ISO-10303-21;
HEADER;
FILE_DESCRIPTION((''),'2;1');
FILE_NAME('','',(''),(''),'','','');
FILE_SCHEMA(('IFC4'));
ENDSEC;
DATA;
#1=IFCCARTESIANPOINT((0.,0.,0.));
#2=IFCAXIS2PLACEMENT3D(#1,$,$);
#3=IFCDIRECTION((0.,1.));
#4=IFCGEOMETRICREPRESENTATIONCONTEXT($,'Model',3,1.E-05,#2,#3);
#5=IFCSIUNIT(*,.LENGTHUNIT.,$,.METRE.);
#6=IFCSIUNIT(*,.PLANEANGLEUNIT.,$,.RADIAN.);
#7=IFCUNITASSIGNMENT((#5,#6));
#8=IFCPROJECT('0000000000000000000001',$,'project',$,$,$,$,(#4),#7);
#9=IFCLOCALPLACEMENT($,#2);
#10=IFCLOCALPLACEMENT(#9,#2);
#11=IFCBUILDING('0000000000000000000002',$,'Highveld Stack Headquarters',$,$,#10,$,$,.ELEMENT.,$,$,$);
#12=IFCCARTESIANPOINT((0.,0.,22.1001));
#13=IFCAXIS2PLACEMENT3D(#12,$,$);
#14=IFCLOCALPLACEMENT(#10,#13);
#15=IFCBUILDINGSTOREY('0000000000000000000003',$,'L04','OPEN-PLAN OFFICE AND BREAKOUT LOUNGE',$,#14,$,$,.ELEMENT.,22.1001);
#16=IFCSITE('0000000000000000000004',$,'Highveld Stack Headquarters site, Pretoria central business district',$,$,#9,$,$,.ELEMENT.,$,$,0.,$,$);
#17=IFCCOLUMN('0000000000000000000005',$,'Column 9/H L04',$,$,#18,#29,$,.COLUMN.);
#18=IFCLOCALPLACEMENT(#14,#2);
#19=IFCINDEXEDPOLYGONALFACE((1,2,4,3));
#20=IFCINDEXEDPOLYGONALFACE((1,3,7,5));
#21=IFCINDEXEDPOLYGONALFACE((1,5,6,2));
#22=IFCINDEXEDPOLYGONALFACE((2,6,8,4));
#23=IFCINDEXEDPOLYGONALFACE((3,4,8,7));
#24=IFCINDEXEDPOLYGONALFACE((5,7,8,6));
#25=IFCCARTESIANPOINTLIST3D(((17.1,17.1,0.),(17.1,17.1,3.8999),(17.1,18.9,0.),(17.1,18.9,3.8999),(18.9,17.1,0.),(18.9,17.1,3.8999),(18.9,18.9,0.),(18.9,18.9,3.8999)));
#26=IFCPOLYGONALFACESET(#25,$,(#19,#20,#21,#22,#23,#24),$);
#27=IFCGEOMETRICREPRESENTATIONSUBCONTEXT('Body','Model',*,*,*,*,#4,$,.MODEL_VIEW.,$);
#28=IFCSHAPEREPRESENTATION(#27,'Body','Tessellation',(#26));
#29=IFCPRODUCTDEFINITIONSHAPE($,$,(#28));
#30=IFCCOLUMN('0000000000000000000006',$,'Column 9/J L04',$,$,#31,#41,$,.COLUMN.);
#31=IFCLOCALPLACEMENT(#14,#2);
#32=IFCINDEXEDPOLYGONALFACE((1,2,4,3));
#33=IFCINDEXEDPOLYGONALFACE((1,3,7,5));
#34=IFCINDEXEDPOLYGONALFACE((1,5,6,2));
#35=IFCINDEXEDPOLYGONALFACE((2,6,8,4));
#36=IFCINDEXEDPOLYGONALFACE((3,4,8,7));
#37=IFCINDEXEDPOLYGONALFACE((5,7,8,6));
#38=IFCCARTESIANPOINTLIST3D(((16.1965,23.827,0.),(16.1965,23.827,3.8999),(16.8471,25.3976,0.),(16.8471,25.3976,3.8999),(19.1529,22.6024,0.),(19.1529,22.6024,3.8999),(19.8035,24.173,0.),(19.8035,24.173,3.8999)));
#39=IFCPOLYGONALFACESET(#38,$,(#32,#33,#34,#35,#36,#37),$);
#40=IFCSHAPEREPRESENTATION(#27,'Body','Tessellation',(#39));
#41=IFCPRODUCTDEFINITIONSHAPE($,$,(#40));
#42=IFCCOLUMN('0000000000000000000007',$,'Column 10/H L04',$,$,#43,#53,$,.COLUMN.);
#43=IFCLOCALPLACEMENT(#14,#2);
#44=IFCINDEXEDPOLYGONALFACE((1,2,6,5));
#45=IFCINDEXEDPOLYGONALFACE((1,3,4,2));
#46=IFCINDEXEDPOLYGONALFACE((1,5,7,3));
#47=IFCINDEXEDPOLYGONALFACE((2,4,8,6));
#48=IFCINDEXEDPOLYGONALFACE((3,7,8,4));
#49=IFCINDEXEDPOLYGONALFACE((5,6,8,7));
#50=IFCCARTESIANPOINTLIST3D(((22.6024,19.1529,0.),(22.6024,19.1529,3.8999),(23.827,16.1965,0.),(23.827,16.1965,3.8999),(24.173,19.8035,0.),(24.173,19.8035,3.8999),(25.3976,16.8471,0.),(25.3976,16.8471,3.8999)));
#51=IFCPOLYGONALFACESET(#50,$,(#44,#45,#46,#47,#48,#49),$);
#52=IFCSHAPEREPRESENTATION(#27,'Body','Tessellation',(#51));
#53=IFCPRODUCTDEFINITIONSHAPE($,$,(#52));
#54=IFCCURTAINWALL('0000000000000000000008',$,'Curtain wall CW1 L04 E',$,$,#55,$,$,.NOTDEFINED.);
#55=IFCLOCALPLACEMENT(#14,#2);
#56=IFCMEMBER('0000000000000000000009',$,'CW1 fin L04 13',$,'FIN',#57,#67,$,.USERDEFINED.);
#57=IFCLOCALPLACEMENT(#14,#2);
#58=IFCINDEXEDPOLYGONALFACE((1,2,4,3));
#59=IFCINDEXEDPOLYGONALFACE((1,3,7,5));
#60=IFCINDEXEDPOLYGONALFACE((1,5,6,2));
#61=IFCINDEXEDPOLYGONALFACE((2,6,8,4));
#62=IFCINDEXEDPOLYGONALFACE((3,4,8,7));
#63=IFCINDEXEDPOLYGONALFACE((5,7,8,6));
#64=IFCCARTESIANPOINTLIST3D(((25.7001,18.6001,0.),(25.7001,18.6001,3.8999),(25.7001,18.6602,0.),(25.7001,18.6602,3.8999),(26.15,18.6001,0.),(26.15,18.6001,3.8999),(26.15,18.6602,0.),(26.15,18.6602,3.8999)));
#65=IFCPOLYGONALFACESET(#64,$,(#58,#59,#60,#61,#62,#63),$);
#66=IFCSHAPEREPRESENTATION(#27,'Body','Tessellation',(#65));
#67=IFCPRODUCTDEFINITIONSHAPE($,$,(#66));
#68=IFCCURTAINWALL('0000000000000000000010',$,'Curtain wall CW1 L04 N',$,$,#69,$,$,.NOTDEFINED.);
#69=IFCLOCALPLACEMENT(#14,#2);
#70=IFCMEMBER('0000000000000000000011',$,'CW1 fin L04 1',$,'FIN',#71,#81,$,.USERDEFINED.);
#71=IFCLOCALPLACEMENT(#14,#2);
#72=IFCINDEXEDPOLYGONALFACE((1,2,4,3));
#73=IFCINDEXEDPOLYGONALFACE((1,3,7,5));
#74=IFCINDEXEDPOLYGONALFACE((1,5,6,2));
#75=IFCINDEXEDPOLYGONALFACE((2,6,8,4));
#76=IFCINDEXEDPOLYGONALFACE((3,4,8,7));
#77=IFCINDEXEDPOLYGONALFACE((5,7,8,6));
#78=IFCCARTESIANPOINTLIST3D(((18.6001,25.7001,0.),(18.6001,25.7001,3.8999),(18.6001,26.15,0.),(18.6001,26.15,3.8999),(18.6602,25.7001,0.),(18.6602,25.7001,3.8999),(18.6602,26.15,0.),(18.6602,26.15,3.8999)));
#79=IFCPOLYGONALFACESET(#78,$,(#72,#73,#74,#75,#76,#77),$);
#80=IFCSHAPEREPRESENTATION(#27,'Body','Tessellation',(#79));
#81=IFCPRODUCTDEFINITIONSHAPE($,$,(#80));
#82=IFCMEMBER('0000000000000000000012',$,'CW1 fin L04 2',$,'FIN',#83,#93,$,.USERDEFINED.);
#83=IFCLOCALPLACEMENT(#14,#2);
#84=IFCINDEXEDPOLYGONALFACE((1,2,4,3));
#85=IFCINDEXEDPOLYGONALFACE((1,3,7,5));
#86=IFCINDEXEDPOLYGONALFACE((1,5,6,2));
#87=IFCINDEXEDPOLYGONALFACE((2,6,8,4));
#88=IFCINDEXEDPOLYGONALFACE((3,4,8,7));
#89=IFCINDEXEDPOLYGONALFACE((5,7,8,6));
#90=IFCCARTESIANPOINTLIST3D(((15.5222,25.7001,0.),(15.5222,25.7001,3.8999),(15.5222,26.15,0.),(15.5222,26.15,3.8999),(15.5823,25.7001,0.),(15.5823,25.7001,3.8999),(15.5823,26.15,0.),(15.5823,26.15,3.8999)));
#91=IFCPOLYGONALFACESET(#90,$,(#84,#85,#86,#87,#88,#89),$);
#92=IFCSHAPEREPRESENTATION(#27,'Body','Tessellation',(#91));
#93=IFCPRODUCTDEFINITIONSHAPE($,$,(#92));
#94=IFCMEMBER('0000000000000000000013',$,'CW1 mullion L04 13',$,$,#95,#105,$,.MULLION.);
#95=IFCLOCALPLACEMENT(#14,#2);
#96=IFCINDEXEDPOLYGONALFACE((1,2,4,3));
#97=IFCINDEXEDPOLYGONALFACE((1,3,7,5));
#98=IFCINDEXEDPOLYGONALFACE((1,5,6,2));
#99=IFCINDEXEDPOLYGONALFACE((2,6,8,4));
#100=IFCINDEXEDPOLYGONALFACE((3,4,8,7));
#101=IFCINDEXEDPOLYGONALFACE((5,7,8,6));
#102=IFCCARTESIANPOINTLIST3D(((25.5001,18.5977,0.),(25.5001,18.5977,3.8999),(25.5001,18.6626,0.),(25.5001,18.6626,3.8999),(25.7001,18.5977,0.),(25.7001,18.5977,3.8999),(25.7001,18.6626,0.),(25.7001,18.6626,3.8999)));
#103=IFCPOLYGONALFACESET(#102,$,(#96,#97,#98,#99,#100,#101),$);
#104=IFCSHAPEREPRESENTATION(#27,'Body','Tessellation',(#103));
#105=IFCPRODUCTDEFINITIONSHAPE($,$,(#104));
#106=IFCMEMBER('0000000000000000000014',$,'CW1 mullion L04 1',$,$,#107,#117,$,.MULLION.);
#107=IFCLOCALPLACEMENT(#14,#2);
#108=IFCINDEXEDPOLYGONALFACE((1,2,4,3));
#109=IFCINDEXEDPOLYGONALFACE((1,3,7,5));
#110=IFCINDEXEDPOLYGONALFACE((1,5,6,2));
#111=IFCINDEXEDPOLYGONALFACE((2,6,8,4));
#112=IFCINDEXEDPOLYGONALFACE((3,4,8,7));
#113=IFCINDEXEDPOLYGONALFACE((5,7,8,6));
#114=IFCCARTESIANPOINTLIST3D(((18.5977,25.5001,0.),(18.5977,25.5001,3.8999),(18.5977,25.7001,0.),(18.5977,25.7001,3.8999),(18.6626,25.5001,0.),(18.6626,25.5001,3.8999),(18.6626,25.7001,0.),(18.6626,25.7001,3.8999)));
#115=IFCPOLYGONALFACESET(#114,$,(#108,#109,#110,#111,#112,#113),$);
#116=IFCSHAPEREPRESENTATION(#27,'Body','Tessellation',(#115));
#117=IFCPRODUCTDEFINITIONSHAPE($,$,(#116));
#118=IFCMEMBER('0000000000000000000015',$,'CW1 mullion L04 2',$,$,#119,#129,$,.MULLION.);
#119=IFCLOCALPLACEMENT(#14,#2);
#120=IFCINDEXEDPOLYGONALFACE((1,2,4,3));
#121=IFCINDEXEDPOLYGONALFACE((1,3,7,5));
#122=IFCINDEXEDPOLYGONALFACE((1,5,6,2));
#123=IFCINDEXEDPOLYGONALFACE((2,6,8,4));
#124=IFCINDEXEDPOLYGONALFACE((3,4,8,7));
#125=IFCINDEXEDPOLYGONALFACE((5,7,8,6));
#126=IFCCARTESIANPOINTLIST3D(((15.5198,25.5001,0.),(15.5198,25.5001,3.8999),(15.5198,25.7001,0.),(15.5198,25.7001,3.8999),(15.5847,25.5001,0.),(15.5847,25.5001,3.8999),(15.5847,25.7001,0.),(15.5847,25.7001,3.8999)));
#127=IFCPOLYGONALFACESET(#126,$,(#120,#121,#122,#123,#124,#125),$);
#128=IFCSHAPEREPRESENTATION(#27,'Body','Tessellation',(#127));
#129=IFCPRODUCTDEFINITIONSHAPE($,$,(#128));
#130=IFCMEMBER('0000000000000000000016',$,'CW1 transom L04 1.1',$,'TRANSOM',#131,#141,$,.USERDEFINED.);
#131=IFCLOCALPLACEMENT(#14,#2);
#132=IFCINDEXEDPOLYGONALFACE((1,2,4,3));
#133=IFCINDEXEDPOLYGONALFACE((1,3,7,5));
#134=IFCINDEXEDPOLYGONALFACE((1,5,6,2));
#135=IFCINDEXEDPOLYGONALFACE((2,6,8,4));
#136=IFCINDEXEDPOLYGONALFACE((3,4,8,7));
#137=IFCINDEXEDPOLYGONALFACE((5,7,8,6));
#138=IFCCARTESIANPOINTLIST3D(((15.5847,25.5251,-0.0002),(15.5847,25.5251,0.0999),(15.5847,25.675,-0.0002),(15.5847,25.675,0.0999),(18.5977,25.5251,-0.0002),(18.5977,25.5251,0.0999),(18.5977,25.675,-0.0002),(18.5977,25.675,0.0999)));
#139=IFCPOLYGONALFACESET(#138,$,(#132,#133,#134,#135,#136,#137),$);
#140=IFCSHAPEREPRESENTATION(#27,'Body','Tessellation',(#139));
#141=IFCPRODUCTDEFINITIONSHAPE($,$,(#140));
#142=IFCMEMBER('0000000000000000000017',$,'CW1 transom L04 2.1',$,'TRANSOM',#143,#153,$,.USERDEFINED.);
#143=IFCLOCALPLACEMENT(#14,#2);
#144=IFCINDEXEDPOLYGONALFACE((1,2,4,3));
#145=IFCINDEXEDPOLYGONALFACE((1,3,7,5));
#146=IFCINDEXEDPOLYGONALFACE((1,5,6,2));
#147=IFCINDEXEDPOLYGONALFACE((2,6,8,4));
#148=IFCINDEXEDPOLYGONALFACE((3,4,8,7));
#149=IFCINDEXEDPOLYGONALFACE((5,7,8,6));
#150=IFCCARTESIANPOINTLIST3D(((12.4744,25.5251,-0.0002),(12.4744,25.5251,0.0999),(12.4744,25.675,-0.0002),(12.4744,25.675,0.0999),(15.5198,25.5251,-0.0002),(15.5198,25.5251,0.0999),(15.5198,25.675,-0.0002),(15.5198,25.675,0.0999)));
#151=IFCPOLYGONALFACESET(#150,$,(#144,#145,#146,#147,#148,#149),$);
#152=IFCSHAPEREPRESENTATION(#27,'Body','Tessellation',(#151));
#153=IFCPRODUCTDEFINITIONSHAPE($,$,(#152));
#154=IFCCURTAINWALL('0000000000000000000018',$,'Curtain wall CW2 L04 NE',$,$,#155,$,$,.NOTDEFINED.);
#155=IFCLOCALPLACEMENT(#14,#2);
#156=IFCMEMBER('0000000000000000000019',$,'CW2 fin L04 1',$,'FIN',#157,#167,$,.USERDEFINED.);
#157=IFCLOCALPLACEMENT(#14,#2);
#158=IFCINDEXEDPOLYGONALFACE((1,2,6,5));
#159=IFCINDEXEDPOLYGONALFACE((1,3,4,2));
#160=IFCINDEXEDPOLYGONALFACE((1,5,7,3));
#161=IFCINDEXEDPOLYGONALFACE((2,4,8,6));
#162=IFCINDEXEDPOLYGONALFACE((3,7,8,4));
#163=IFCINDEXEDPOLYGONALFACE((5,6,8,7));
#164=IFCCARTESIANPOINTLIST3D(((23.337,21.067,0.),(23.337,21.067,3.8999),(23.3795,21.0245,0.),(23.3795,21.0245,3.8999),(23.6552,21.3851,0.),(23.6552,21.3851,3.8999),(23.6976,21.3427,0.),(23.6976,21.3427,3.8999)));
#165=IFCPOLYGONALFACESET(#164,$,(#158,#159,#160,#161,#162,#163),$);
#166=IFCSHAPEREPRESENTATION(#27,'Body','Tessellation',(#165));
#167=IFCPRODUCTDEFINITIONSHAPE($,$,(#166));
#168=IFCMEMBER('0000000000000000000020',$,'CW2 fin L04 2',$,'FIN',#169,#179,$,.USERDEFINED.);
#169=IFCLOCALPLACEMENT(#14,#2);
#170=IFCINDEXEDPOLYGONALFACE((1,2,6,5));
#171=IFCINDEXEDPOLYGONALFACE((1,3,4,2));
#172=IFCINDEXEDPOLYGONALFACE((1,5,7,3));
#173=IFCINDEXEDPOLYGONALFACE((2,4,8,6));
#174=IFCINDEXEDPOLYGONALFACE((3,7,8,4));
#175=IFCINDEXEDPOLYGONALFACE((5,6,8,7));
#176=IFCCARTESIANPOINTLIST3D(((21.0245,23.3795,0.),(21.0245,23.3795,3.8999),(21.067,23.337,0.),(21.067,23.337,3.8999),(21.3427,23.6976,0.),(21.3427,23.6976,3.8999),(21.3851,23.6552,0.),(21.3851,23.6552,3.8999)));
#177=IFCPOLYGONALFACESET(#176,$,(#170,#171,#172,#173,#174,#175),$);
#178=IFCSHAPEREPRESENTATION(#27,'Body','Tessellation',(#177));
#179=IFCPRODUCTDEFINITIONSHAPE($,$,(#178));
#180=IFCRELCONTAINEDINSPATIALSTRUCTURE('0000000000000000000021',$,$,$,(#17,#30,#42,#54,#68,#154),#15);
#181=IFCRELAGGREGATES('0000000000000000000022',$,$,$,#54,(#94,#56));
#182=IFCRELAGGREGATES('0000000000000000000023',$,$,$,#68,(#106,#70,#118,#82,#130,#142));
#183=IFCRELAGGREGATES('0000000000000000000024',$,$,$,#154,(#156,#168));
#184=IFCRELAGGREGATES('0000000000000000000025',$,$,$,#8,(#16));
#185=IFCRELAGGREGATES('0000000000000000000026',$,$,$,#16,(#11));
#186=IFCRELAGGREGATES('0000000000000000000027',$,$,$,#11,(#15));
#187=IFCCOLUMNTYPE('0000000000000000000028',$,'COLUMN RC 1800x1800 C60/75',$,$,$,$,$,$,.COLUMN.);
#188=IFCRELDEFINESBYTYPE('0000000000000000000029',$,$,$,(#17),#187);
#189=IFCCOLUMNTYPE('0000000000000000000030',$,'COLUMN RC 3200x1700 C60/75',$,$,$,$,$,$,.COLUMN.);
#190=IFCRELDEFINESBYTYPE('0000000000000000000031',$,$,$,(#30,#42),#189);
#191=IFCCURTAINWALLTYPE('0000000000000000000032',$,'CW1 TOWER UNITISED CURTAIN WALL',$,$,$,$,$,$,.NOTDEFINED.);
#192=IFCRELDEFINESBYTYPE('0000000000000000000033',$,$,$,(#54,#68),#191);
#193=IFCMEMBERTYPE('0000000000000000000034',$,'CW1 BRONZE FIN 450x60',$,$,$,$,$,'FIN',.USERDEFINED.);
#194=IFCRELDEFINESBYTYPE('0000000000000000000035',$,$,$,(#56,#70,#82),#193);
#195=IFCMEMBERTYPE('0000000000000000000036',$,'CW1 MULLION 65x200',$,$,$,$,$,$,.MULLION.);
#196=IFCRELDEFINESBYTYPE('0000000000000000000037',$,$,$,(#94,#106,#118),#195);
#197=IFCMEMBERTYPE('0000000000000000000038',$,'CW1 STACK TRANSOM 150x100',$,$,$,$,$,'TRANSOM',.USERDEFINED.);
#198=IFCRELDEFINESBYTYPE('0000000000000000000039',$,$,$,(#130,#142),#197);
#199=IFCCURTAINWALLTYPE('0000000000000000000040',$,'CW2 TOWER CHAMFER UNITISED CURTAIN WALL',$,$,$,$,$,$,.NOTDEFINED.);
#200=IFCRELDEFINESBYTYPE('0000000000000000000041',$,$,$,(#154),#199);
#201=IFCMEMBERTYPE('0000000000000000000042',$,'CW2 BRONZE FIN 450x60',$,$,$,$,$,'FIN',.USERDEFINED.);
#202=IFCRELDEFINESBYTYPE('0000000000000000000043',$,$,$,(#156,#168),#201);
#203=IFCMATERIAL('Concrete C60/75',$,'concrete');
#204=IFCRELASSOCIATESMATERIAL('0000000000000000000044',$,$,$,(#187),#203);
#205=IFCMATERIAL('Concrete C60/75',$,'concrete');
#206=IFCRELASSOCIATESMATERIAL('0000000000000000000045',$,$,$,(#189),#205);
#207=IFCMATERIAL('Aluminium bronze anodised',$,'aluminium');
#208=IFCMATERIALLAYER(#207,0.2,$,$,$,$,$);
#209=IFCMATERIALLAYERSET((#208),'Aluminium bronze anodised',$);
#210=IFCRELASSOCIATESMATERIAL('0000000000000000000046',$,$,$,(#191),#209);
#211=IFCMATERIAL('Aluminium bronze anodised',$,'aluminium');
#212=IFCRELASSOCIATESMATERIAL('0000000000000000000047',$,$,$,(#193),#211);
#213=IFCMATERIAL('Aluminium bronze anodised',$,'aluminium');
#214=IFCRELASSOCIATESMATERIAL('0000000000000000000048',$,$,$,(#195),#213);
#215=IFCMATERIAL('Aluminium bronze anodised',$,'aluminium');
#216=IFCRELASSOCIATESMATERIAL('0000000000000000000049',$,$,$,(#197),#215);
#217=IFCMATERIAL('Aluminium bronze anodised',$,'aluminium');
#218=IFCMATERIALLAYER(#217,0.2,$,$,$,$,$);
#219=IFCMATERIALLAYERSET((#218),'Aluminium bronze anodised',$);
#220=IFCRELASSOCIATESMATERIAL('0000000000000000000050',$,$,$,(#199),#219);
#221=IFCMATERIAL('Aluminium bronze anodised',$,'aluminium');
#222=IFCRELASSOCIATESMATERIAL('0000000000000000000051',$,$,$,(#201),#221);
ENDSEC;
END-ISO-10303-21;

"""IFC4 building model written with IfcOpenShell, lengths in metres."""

from ifc_helpers import new_model, si_unit, direction, frame, origin, origin_2d, place, context, subcontext, project, spatial, rectangle, extrude, material, layer, layer_set, material_profile, profile_set, type_object, element, aggregate, save


model = new_model("IFC4")

# Units and contexts
model_context = context("Model", 3, precision=1e-05, world=origin(), true_north=direction((0.0, 1.0)))
body_context = subcontext(model_context, "Body", "Model", "MODEL_VIEW")
ifc_project = project(units=[si_unit("LENGTHUNIT", "METRE"), si_unit("PLANEANGLEUNIT", "RADIAN")], contexts=[model_context])

# Site, building, storey
site_placement = place(None, origin())
site = spatial("IfcSite", under=ifc_project, at=site_placement, Name="Highveld Stack Headquarters site, Pretoria central business district", CompositionType="ELEMENT", RefElevation=0.0)
building_placement = place(site_placement, origin())
building = spatial("IfcBuilding", under=site, at=building_placement, Name="Highveld Stack Headquarters", CompositionType="ELEMENT")
storey_placement = place(building_placement, frame((0.0, 0.0, 22.1001)))
storey = spatial("IfcBuildingStorey", under=building, at=storey_placement, Name="L04", Description="OPEN-PLAN OFFICE AND BREAKOUT LOUNGE", CompositionType="ELEMENT", Elevation=22.1001)

# Columns
ifc_material_1 = material(Name="Concrete C60/75", Category="concrete")
ifc_material_profile_1 = material_profile(ifc_material_1, rectangle(XDim=1.8, YDim=1.8, at=origin_2d()), Name="RC 1800x1800")
ifc_profile_set_1 = profile_set([ifc_material_profile_1], Name="Concrete C60/75")
column_type_1 = type_object("IfcColumnType", Name="COLUMN RC 1800x1800 C60/75", PredefinedType="COLUMN", material=ifc_profile_set_1)
column_placement = place(storey_placement, frame((18.0, 18.0, 0.0), z_axis=(0.0, 0.0, 1.0), x_axis=(1.0, 0.0, 0.0)))
element("IfcColumn", 1, at=column_placement, inside=storey, type_object=column_type_1, Name="Column 9/H L04", PredefinedType="COLUMN", context=body_context, shape_type="SweptSolid", body=[
    extrude(rectangle(XDim=1.8, YDim=1.8, at=origin_2d()), origin(), (0.0, 0.0, 1.0), 3.8999),
])
ifc_material_2 = material(Name="Concrete C60/75", Category="concrete")
ifc_material_profile_2 = material_profile(ifc_material_2, rectangle(XDim=3.2, YDim=1.7, at=origin_2d()), Name="RC 3200x1700")
ifc_profile_set_2 = profile_set([ifc_material_profile_2], Name="Concrete C60/75")
column_type_2 = type_object("IfcColumnType", Name="COLUMN RC 3200x1700 C60/75", PredefinedType="COLUMN", material=ifc_profile_set_2)
for number, where, z_axis, x_axis, name in (
    (2, (18.0, 24.0, 0.0), (0.0, 0.0, 1.0), (0.92388, -0.382683, 0.0), "Column 9/J L04"),
    (3, (24.0, 18.0, 0.0), (0.0, 0.0, 1.0), (0.382683, -0.92388, 0.0), "Column 10/H L04"),
):
    element("IfcColumn", number, at=place(storey_placement, frame(where, z_axis=z_axis, x_axis=x_axis)), inside=storey, type_object=column_type_2, Name=name, PredefinedType="COLUMN", context=body_context, shape_type="SweptSolid", body=[
        extrude(rectangle(XDim=3.2, YDim=1.7, at=origin_2d()), origin(), (0.0, 0.0, 1.0), 3.8999),
    ])

# Curtain wall, member
ifc_material_3 = material(Name="Aluminium bronze anodised", Category="aluminium")
ifc_layer_1 = layer(ifc_material_3, 0.2)
ifc_layer_set_1 = layer_set([ifc_layer_1], Name="Aluminium bronze anodised")
curtain_wall_type_1 = type_object("IfcCurtainWallType", Name="CW1 TOWER UNITISED CURTAIN WALL", PredefinedType="NOTDEFINED", material=ifc_layer_set_1)
curtain_wall_1_placement = place(storey_placement, origin())
curtain_wall_1 = element("IfcCurtainWall", 4, at=curtain_wall_1_placement, inside=storey, type_object=curtain_wall_type_1, Name="Curtain wall CW1 L04 E", PredefinedType="NOTDEFINED")
ifc_material_4 = material(Name="Aluminium bronze anodised", Category="aluminium")
ifc_material_profile_3 = material_profile(ifc_material_4, rectangle(XDim=0.45, YDim=0.0601, at=origin_2d()), Name="FIN 450x60")
ifc_profile_set_3 = profile_set([ifc_material_profile_3], Name="Aluminium bronze anodised")
member_type_1 = type_object("IfcMemberType", Name="CW1 BRONZE FIN 450x60", ElementType="FIN", PredefinedType="USERDEFINED", material=ifc_profile_set_3)
member_1_placement = place(storey_placement, frame((25.925, 18.6301, 0.0), z_axis=(0.0, 0.0, 1.0), x_axis=(-1.0, 0.0, 0.0)))
member_1 = element("IfcMember", 5, at=member_1_placement, type_object=member_type_1, Name="CW1 fin L04 13", ObjectType="FIN", PredefinedType="USERDEFINED", context=body_context, shape_type="SweptSolid", body=[
    extrude(rectangle(XDim=0.45, YDim=0.0601, at=origin_2d()), origin(), (0.0, 0.0, 1.0), 3.8999),
])

# Curtain wall, members
curtain_wall_2_placement = place(storey_placement, origin())
curtain_wall_2 = element("IfcCurtainWall", 6, at=curtain_wall_2_placement, inside=storey, type_object=curtain_wall_type_1, Name="Curtain wall CW1 L04 N", PredefinedType="NOTDEFINED")
member_2_placement = place(storey_placement, frame((18.6301, 25.925, 0.0), z_axis=(0.0, 0.0, 1.0), x_axis=(0.0, -1.0, 0.0)))
member_2 = element("IfcMember", 7, at=member_2_placement, type_object=member_type_1, Name="CW1 fin L04 1", ObjectType="FIN", PredefinedType="USERDEFINED", context=body_context, shape_type="SweptSolid", body=[
    extrude(rectangle(XDim=0.45, YDim=0.0601, at=origin_2d()), origin(), (0.0, 0.0, 1.0), 3.8999),
])
member_3_placement = place(storey_placement, frame((15.5522, 25.925, 0.0), z_axis=(0.0, 0.0, 1.0), x_axis=(0.0, -1.0, 0.0)))
member_3 = element("IfcMember", 8, at=member_3_placement, type_object=member_type_1, Name="CW1 fin L04 2", ObjectType="FIN", PredefinedType="USERDEFINED", context=body_context, shape_type="SweptSolid", body=[
    extrude(rectangle(XDim=0.45, YDim=0.0601, at=origin_2d()), origin(), (0.0, 0.0, 1.0), 3.8999),
])

# Members
ifc_material_5 = material(Name="Aluminium bronze anodised", Category="aluminium")
ifc_material_profile_4 = material_profile(ifc_material_5, rectangle(XDim=0.2, YDim=0.0649, at=origin_2d()), Name="CW1 MULLION 65x200")
ifc_profile_set_4 = profile_set([ifc_material_profile_4], Name="Aluminium bronze anodised")
member_type_2 = type_object("IfcMemberType", Name="CW1 MULLION 65x200", PredefinedType="MULLION", material=ifc_profile_set_4)
member_4_placement = place(storey_placement, frame((25.6001, 18.6301, 0.0), z_axis=(0.0, 0.0, 1.0), x_axis=(-1.0, 0.0, 0.0)))
member_4 = element("IfcMember", 9, at=member_4_placement, type_object=member_type_2, Name="CW1 mullion L04 13", PredefinedType="MULLION", context=body_context, shape_type="SweptSolid", body=[
    extrude(rectangle(XDim=0.2, YDim=0.0649, at=origin_2d()), origin(), (0.0, 0.0, 1.0), 3.8999),
])
member_5_placement = place(storey_placement, frame((18.6301, 25.6001, 0.0), z_axis=(0.0, 0.0, 1.0), x_axis=(0.0, -1.0, 0.0)))
member_5 = element("IfcMember", 10, at=member_5_placement, type_object=member_type_2, Name="CW1 mullion L04 1", PredefinedType="MULLION", context=body_context, shape_type="SweptSolid", body=[
    extrude(rectangle(XDim=0.2, YDim=0.0649, at=origin_2d()), origin(), (0.0, 0.0, 1.0), 3.8999),
])
member_6_placement = place(storey_placement, frame((15.5522, 25.6001, 0.0), z_axis=(0.0, 0.0, 1.0), x_axis=(0.0, -1.0, 0.0)))
member_6 = element("IfcMember", 11, at=member_6_placement, type_object=member_type_2, Name="CW1 mullion L04 2", PredefinedType="MULLION", context=body_context, shape_type="SweptSolid", body=[
    extrude(rectangle(XDim=0.2, YDim=0.0649, at=origin_2d()), origin(), (0.0, 0.0, 1.0), 3.8999),
])
ifc_material_6 = material(Name="Aluminium bronze anodised", Category="aluminium")
ifc_material_profile_5 = material_profile(ifc_material_6, rectangle(XDim=0.1499, YDim=0.1001, at=origin_2d()), Name="CW1 TRANSOM 150x100")
ifc_profile_set_5 = profile_set([ifc_material_profile_5], Name="Aluminium bronze anodised")
member_type_3 = type_object("IfcMemberType", Name="CW1 STACK TRANSOM 150x100", ElementType="TRANSOM", PredefinedType="USERDEFINED", material=ifc_profile_set_5)
member_7_placement = place(storey_placement, frame((18.5977, 25.6001, 0.0498), z_axis=(-1.0, 0.0, 0.0), x_axis=(0.0, -1.0, 0.0)))
member_7 = element("IfcMember", 12, at=member_7_placement, type_object=member_type_3, Name="CW1 transom L04 1.1", ObjectType="TRANSOM", PredefinedType="USERDEFINED", context=body_context, shape_type="SweptSolid", body=[
    extrude(rectangle(XDim=0.1499, YDim=0.1001, at=origin_2d()), origin(), (0.0, 0.0, 1.0), 3.0129),
])
member_8_placement = place(storey_placement, frame((15.5198, 25.6001, 0.0498), z_axis=(-1.0, 0.0, 0.0), x_axis=(0.0, -1.0, 0.0)))
member_8 = element("IfcMember", 13, at=member_8_placement, type_object=member_type_3, Name="CW1 transom L04 2.1", ObjectType="TRANSOM", PredefinedType="USERDEFINED", context=body_context, shape_type="SweptSolid", body=[
    extrude(rectangle(XDim=0.1499, YDim=0.1001, at=origin_2d()), origin(), (0.0, 0.0, 1.0), 3.0454),
])

# Curtain wall, members
ifc_material_7 = material(Name="Aluminium bronze anodised", Category="aluminium")
ifc_layer_2 = layer(ifc_material_7, 0.2)
ifc_layer_set_2 = layer_set([ifc_layer_2], Name="Aluminium bronze anodised")
curtain_wall_type_2 = type_object("IfcCurtainWallType", Name="CW2 TOWER CHAMFER UNITISED CURTAIN WALL", PredefinedType="NOTDEFINED", material=ifc_layer_set_2)
curtain_wall_3_placement = place(storey_placement, origin())
curtain_wall_3 = element("IfcCurtainWall", 14, at=curtain_wall_3_placement, inside=storey, type_object=curtain_wall_type_2, Name="Curtain wall CW2 L04 NE", PredefinedType="NOTDEFINED")
ifc_material_8 = material(Name="Aluminium bronze anodised", Category="aluminium")
ifc_material_profile_6 = material_profile(ifc_material_8, rectangle(XDim=0.45, YDim=0.0601, at=origin_2d()), Name="FIN 450x60")
ifc_profile_set_6 = profile_set([ifc_material_profile_6], Name="Aluminium bronze anodised")
member_type_4 = type_object("IfcMemberType", Name="CW2 BRONZE FIN 450x60", ElementType="FIN", PredefinedType="USERDEFINED", material=ifc_profile_set_6)
member_9_placement = place(storey_placement, frame((23.5173, 21.2048, 0.0), z_axis=(0.0, 0.0, 1.0), x_axis=(-0.707107, -0.707107, 0.0)))
member_9 = element("IfcMember", 15, at=member_9_placement, type_object=member_type_4, Name="CW2 fin L04 1", ObjectType="FIN", PredefinedType="USERDEFINED", context=body_context, shape_type="SweptSolid", body=[
    extrude(rectangle(XDim=0.45, YDim=0.0601, at=origin_2d()), origin(), (0.0, 0.0, 1.0), 3.8999),
])
member_10_placement = place(storey_placement, frame((21.2048, 23.5173, 0.0), z_axis=(0.0, 0.0, 1.0), x_axis=(-0.707107, -0.707107, 0.0)))
member_10 = element("IfcMember", 16, at=member_10_placement, type_object=member_type_4, Name="CW2 fin L04 2", ObjectType="FIN", PredefinedType="USERDEFINED", context=body_context, shape_type="SweptSolid", body=[
    extrude(rectangle(XDim=0.45, YDim=0.0601, at=origin_2d()), origin(), (0.0, 0.0, 1.0), 3.8999),
])

aggregate(curtain_wall_1, [member_4, member_1])
aggregate(curtain_wall_2, [member_5, member_2, member_6, member_3, member_7, member_8])
aggregate(curtain_wall_3, [member_9, member_10])

save(model, "model.ifc")
